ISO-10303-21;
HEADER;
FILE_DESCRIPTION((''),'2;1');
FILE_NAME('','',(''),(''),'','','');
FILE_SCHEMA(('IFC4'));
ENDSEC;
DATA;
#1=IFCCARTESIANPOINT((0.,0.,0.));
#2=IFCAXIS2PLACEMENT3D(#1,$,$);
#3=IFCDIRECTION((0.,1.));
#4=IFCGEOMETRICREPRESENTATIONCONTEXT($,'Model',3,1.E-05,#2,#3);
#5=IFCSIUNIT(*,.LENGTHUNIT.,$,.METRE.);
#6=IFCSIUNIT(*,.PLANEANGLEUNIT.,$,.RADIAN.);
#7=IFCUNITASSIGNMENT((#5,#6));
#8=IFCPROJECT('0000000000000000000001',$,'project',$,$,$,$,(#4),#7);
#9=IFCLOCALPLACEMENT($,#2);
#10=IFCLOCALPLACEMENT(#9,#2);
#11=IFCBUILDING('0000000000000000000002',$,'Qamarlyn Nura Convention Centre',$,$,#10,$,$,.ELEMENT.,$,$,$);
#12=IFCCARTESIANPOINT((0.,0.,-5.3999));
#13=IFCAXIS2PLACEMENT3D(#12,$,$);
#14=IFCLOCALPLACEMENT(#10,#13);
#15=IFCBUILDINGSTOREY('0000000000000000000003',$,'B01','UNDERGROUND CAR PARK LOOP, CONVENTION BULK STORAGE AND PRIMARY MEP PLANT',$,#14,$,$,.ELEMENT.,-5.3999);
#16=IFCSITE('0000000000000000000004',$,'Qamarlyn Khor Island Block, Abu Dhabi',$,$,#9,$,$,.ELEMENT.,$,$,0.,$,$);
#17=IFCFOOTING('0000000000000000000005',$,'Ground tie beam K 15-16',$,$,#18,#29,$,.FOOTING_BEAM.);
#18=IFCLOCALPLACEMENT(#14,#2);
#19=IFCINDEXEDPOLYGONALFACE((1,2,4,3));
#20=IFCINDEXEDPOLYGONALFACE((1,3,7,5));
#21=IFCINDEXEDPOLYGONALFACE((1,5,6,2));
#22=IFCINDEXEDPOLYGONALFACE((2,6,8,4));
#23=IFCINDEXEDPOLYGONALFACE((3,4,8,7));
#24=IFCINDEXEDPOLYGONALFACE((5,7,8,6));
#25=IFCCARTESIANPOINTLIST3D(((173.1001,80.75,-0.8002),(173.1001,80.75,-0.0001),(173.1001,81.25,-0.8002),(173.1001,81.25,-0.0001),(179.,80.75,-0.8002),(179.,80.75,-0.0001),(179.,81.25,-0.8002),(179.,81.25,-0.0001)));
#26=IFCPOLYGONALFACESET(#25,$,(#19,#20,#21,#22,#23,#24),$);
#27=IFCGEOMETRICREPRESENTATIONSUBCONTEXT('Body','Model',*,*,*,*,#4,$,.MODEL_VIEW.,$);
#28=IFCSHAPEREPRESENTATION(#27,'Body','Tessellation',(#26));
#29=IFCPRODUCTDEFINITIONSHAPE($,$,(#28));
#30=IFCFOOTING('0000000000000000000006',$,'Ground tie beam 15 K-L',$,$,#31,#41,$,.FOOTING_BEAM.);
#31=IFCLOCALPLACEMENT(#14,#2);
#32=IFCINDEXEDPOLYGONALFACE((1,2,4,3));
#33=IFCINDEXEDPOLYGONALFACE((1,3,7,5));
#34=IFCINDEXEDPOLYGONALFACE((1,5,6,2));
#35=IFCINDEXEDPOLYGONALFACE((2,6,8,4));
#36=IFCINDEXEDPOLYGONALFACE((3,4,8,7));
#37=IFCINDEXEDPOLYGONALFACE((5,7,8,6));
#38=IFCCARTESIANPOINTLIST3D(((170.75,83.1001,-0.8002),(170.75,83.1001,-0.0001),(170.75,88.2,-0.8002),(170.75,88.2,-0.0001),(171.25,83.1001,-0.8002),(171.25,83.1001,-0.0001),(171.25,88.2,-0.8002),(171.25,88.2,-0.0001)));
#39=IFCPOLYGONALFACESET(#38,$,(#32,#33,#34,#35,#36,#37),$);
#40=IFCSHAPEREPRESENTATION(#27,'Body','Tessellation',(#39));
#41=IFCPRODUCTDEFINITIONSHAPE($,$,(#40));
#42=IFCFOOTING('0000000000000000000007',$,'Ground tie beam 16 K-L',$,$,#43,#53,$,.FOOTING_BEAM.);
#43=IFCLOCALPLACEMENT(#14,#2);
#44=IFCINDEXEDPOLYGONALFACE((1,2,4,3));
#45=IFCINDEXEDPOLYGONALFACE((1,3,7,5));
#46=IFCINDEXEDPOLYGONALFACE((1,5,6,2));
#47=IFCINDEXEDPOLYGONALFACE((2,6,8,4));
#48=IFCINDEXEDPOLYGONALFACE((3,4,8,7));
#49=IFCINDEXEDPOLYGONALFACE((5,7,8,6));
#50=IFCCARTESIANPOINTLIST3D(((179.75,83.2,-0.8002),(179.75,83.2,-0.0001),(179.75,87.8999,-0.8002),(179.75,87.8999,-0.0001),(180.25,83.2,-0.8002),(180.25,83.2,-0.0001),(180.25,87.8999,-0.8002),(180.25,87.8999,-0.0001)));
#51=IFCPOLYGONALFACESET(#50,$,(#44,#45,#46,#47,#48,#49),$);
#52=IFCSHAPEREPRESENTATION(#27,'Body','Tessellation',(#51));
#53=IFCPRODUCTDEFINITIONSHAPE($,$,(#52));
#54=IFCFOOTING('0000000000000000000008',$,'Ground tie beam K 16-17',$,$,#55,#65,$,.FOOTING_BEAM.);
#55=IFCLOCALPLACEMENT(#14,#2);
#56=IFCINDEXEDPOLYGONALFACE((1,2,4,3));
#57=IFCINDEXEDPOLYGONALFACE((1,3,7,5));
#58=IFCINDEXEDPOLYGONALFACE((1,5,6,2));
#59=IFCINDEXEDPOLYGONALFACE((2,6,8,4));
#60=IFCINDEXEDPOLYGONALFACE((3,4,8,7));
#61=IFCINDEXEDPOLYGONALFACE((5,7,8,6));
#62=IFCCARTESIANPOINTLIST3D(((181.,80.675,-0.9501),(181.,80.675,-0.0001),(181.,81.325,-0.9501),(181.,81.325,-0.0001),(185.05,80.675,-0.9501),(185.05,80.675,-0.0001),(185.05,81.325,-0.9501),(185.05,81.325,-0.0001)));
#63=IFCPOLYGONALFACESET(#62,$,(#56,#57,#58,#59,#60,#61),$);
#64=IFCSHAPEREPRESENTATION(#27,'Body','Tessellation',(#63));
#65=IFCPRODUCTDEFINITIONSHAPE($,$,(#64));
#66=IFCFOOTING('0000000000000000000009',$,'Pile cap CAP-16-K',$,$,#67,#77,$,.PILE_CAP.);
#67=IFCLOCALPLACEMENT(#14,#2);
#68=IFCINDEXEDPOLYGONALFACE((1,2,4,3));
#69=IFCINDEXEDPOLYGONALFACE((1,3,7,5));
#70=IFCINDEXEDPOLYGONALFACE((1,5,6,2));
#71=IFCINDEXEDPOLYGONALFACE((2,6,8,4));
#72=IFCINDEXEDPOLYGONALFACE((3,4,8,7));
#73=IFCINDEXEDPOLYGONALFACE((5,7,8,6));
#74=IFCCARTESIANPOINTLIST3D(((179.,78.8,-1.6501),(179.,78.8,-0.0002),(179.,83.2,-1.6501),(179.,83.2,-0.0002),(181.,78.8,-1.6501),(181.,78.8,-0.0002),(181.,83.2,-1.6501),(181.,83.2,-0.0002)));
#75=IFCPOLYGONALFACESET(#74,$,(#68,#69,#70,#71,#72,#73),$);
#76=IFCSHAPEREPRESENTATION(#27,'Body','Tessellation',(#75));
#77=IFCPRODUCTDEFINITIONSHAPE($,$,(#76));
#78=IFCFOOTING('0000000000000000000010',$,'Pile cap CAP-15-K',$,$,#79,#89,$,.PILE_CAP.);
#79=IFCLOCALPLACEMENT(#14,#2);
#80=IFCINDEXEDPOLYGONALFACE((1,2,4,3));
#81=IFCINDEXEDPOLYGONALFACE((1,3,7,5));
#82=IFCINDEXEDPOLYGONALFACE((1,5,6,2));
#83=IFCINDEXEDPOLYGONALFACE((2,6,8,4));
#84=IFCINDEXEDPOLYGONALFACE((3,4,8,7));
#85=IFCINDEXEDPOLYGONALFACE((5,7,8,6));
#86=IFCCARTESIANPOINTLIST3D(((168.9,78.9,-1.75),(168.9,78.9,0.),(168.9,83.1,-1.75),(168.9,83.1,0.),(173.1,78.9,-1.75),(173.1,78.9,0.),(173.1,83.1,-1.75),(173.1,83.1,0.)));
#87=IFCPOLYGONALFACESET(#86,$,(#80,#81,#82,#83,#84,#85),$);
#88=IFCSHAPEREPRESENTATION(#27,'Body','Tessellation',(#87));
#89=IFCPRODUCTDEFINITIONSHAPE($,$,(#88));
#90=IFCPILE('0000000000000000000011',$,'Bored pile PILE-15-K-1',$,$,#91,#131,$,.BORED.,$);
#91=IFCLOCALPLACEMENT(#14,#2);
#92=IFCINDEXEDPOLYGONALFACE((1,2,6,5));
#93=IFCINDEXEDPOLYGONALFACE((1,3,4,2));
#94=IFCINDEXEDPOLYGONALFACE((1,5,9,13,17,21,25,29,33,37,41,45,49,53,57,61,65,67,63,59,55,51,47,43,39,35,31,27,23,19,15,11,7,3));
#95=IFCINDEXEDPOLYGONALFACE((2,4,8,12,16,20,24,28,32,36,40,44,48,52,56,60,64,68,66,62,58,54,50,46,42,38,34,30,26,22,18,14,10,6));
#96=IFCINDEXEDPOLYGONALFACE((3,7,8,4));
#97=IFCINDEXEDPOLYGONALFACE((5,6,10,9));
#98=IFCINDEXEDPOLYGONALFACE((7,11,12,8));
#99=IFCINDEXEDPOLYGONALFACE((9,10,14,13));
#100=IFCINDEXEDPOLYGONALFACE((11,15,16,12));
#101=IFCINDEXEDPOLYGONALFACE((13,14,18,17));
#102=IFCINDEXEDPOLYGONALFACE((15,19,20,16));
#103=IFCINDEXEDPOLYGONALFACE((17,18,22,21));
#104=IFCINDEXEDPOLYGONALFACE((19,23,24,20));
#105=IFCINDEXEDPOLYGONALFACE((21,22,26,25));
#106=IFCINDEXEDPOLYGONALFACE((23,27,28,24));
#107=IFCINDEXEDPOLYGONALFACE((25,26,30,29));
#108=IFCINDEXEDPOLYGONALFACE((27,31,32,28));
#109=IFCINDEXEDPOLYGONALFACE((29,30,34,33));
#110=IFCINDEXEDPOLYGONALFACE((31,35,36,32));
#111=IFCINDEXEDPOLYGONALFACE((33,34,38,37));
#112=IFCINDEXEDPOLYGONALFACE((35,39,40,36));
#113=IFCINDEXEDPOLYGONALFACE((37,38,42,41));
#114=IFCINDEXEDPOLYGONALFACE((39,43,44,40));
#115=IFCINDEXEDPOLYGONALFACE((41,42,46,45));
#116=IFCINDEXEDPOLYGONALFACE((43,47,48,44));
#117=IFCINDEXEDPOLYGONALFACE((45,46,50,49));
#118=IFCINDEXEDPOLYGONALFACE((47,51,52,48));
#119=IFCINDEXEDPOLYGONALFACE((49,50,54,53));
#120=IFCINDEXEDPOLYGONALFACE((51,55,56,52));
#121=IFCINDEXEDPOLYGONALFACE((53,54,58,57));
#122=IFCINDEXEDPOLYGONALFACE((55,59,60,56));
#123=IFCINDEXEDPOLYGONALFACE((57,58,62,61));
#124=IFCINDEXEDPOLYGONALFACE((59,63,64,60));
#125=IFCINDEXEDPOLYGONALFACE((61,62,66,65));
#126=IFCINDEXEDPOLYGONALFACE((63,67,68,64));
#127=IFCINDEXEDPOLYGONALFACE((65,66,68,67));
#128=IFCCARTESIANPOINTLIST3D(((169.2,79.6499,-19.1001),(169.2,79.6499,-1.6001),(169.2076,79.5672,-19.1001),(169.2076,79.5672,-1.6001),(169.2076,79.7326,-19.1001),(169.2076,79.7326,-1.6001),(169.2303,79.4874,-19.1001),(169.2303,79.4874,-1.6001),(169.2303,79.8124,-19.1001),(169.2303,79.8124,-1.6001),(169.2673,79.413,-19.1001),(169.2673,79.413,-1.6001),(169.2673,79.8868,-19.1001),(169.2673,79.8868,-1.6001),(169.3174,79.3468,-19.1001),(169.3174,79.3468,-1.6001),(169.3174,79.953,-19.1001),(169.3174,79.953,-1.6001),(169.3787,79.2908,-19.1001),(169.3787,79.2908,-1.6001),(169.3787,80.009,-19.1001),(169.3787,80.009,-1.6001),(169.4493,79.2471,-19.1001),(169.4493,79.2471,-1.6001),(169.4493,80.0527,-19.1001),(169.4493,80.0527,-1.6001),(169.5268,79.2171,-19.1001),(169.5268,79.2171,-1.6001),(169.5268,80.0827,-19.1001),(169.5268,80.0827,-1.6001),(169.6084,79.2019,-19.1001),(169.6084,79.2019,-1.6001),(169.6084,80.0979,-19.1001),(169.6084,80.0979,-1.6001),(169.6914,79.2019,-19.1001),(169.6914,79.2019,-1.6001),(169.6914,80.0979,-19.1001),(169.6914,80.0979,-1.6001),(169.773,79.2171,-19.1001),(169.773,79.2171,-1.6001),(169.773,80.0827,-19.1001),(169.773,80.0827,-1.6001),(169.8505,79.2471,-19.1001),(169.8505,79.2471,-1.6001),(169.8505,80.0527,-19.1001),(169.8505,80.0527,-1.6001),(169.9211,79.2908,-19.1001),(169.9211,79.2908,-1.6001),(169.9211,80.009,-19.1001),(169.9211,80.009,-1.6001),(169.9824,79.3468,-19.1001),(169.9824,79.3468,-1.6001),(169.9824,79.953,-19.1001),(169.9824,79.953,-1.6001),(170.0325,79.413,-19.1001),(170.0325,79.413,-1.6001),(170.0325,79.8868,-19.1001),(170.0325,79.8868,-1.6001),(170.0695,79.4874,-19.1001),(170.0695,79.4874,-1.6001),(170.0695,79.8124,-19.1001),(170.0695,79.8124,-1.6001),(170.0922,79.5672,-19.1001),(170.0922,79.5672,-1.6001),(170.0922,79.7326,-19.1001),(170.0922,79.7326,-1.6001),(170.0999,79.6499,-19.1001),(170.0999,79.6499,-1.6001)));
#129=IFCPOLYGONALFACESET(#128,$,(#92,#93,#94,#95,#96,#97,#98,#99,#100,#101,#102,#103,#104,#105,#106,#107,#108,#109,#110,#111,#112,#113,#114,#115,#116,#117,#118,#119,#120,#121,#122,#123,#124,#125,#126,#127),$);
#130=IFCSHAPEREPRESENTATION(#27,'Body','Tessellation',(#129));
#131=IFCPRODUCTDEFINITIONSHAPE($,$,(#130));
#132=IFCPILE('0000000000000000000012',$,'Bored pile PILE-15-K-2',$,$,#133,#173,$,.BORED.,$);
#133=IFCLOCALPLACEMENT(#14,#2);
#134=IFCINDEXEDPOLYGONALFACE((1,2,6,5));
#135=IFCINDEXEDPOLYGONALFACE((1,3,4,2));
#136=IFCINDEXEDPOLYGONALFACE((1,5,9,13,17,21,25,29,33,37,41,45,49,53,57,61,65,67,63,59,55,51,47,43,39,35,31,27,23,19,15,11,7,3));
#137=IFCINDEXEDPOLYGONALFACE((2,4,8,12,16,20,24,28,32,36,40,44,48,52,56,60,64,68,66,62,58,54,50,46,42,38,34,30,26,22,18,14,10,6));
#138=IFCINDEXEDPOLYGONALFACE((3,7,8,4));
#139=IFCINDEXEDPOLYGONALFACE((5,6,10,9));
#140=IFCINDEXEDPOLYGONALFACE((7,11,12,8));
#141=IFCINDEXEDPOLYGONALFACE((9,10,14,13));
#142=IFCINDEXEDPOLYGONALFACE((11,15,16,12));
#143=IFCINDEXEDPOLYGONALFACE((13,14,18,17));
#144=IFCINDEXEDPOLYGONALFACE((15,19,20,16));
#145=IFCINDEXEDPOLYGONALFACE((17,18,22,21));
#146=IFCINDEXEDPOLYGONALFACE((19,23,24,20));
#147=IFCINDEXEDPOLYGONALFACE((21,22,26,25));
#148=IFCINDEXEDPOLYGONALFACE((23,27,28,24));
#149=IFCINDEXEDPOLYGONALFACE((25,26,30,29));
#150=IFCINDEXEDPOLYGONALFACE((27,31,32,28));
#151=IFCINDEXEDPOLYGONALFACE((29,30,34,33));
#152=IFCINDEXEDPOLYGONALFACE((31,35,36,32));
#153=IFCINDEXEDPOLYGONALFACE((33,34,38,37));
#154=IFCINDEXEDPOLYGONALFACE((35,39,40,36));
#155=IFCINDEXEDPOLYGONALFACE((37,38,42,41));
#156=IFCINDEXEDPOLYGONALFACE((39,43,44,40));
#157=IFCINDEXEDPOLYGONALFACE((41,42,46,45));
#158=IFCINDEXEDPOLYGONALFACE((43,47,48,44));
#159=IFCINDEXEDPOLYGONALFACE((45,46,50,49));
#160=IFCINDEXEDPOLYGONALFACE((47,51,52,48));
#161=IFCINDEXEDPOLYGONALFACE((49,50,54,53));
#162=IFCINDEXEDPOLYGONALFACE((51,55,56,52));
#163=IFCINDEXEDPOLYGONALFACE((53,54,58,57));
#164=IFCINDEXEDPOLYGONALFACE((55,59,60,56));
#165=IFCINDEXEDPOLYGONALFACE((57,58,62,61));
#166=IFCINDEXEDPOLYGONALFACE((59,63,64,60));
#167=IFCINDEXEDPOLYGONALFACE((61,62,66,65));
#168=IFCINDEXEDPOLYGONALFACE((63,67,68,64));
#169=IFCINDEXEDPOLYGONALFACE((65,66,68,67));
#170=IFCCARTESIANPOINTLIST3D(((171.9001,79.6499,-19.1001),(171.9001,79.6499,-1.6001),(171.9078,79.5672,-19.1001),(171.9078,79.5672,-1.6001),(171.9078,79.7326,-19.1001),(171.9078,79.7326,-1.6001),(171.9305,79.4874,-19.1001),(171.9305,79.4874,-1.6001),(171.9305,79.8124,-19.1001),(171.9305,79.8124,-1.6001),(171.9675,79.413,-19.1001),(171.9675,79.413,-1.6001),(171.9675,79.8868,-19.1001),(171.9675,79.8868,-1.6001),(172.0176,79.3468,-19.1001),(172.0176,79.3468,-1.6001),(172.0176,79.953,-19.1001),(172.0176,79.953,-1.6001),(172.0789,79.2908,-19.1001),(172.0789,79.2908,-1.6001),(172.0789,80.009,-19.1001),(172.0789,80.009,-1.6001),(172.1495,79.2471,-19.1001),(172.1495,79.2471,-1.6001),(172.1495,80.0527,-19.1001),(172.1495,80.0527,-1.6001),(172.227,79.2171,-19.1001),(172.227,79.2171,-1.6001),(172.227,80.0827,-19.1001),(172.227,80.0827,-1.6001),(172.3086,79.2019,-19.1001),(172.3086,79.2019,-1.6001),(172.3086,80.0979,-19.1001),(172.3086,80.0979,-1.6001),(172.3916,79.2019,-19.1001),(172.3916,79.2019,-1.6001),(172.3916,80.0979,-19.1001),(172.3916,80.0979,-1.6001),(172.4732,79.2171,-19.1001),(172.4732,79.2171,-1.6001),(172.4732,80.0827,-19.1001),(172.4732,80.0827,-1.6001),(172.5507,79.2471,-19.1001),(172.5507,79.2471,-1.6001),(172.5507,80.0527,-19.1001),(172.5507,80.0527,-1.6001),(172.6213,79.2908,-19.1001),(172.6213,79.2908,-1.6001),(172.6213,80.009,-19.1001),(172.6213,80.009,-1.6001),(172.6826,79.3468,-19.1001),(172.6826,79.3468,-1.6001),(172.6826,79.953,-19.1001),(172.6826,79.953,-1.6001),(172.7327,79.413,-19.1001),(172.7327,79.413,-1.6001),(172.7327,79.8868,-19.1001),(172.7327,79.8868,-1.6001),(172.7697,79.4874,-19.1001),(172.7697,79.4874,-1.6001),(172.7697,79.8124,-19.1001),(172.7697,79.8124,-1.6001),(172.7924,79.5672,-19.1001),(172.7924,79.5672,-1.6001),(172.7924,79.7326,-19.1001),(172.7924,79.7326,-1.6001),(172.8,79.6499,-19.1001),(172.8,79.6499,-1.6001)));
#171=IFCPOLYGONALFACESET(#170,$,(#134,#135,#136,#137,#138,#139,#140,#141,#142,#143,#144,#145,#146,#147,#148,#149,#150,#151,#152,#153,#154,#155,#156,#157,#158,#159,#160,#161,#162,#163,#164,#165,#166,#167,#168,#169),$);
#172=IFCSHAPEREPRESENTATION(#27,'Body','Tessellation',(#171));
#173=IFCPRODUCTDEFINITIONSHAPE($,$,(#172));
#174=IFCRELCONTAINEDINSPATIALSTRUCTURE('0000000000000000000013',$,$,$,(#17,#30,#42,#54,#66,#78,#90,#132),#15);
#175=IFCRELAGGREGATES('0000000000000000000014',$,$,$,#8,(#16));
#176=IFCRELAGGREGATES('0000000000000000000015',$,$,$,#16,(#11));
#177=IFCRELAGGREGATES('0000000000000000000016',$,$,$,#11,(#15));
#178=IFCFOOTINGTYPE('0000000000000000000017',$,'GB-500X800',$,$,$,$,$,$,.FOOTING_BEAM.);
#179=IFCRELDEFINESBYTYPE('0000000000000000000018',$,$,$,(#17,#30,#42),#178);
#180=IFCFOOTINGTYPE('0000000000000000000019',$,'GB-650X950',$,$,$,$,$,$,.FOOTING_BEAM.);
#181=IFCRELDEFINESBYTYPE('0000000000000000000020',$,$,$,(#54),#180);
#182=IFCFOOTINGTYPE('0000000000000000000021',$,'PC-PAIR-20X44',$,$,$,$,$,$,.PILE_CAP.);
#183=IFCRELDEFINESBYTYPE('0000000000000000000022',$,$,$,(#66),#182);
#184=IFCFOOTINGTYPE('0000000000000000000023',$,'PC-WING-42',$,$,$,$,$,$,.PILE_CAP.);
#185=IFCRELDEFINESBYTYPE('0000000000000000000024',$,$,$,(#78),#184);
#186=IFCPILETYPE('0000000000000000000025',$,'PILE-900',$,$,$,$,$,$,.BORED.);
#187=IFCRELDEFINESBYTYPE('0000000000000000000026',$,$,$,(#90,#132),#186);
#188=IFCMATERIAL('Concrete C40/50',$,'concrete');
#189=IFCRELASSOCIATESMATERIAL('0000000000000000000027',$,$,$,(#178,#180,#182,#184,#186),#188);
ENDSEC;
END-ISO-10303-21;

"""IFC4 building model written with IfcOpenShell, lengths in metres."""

from ifc_helpers import new_model, si_unit, direction, frame, origin, origin_2d, place, context, subcontext, project, spatial, rectangle, circle, extrude, material, material_profile, profile_set, type_object, element, save


model = new_model("IFC4")

# Units and contexts
model_context = context("Model", 3, precision=1e-05, world=origin(), true_north=direction((0.0, 1.0)))
body_context = subcontext(model_context, "Body", "Model", "MODEL_VIEW")
ifc_project = project(units=[si_unit("LENGTHUNIT", "METRE"), si_unit("PLANEANGLEUNIT", "RADIAN")], contexts=[model_context])

# Site, building, storey
site_placement = place(None, origin())
site = spatial("IfcSite", under=ifc_project, at=site_placement, Name="Qamarlyn Khor Island Block, Abu Dhabi", CompositionType="ELEMENT", RefElevation=0.0)
building_placement = place(site_placement, origin())
building = spatial("IfcBuilding", under=site, at=building_placement, Name="Qamarlyn Nura Convention Centre", CompositionType="ELEMENT")
storey_placement = place(building_placement, frame((0.0, 0.0, -5.3999)))
storey = spatial("IfcBuildingStorey", under=building, at=storey_placement, Name="B01", Description="UNDERGROUND CAR PARK LOOP, CONVENTION BULK STORAGE AND PRIMARY MEP PLANT", CompositionType="ELEMENT", Elevation=-5.3999)

# Footings
ifc_material_1 = material(Name="Concrete C40/50", Category="concrete")
ifc_material_profile_1 = material_profile(ifc_material_1, rectangle(XDim=0.5, YDim=0.8, at=origin_2d()), Name="RC GB 500x800")
ifc_profile_set_1 = profile_set([ifc_material_profile_1], Name="Concrete C40/50")
footing_type_1 = type_object("IfcFootingType", Name="GB-500X800", PredefinedType="FOOTING_BEAM", material=ifc_profile_set_1)
footing_1_placement = place(storey_placement, frame((173.1001, 81.0, -0.4001), z_axis=(1.0, 0.0, 0.0), x_axis=(0.0, 1.0, 0.0)))
element("IfcFooting", 1, at=footing_1_placement, inside=storey, type_object=footing_type_1, Name="Ground tie beam K 15-16", PredefinedType="FOOTING_BEAM", context=body_context, shape_type="SweptSolid", body=[
    extrude(rectangle(XDim=0.5, YDim=0.8, at=origin_2d()), origin(), (0.0, 0.0, 1.0), 5.8999),
])
footing_2_placement = place(storey_placement, frame((171.0, 83.1001, -0.4001), z_axis=(0.0, 1.0, 0.0), x_axis=(-1.0, 0.0, 0.0)))
element("IfcFooting", 2, at=footing_2_placement, inside=storey, type_object=footing_type_1, Name="Ground tie beam 15 K-L", PredefinedType="FOOTING_BEAM", context=body_context, shape_type="SweptSolid", body=[
    extrude(rectangle(XDim=0.5, YDim=0.8, at=origin_2d()), origin(), (0.0, 0.0, 1.0), 5.0999),
])
footing_3_placement = place(storey_placement, frame((180.0, 83.2, -0.4001), z_axis=(0.0, 1.0, 0.0), x_axis=(-1.0, 0.0, 0.0)))
element("IfcFooting", 3, at=footing_3_placement, inside=storey, type_object=footing_type_1, Name="Ground tie beam 16 K-L", PredefinedType="FOOTING_BEAM", context=body_context, shape_type="SweptSolid", body=[
    extrude(rectangle(XDim=0.5, YDim=0.8, at=origin_2d()), origin(), (0.0, 0.0, 1.0), 4.7),
])
ifc_material_profile_2 = material_profile(ifc_material_1, rectangle(XDim=0.6499, YDim=0.95, at=origin_2d()), Name="RC GB 650x950")
ifc_profile_set_2 = profile_set([ifc_material_profile_2], Name="Concrete C40/50")
footing_type_2 = type_object("IfcFootingType", Name="GB-650X950", PredefinedType="FOOTING_BEAM", material=ifc_profile_set_2)
footing_4_placement = place(storey_placement, frame((181.0, 81.0, -0.4751), z_axis=(1.0, 0.0, 0.0), x_axis=(0.0, 1.0, 0.0)))
element("IfcFooting", 4, at=footing_4_placement, inside=storey, type_object=footing_type_2, Name="Ground tie beam K 16-17", PredefinedType="FOOTING_BEAM", context=body_context, shape_type="SweptSolid", body=[
    extrude(rectangle(XDim=0.6499, YDim=0.95, at=origin_2d()), origin(), (0.0, 0.0, 1.0), 4.05),
])
footing_type_3 = type_object("IfcFootingType", Name="PC-PAIR-20X44", PredefinedType="PILE_CAP", material=ifc_material_1)
footing_5_placement = place(storey_placement, frame((180.0, 81.0, -1.6501), z_axis=(0.0, 0.0, 1.0), x_axis=(1.0, 0.0, 0.0)))
element("IfcFooting", 5, at=footing_5_placement, inside=storey, type_object=footing_type_3, Name="Pile cap CAP-16-K", PredefinedType="PILE_CAP", context=body_context, shape_type="SweptSolid", body=[
    extrude(rectangle(XDim=2.0, YDim=4.3999, at=origin_2d()), origin(), (0.0, 0.0, 1.0), 1.6499),
])
footing_type_4 = type_object("IfcFootingType", Name="PC-WING-42", PredefinedType="PILE_CAP", material=ifc_material_1)
footing_6_placement = place(storey_placement, frame((171.0, 81.0, -1.75), z_axis=(0.0, 0.0, 1.0), x_axis=(1.0, 0.0, 0.0)))
element("IfcFooting", 6, at=footing_6_placement, inside=storey, type_object=footing_type_4, Name="Pile cap CAP-15-K", PredefinedType="PILE_CAP", context=body_context, shape_type="SweptSolid", body=[
    extrude(rectangle(XDim=4.2, YDim=4.2, at=origin_2d()), origin(), (0.0, 0.0, 1.0), 1.75),
])

# Piles
ifc_material_profile_3 = material_profile(ifc_material_1, circle(Radius=0.45, at=origin_2d()), Name="BORED PILE 900")
ifc_profile_set_3 = profile_set([ifc_material_profile_3], Name="Concrete C40/50")
pile_type = type_object("IfcPileType", Name="PILE-900", PredefinedType="BORED", material=ifc_profile_set_3)
for number, where, z_axis, x_axis, name in (
    (7, (169.6499, 79.6499, -1.6001), (0.0, 0.0, -1.0), (1.0, 0.0, 0.0), "Bored pile PILE-15-K-1"),
    (8, (172.3501, 79.6499, -1.6001), (0.0, 0.0, -1.0), (1.0, 0.0, 0.0), "Bored pile PILE-15-K-2"),
):
    element("IfcPile", number, at=place(storey_placement, frame(where, z_axis=z_axis, x_axis=x_axis)), inside=storey, type_object=pile_type, Name=name, PredefinedType="BORED", context=body_context, shape_type="SweptSolid", body=[
        extrude(circle(Radius=0.45, at=origin_2d()), origin(), (0.0, 0.0, 1.0), 17.5),
    ])

save(model, "model.ifc")
